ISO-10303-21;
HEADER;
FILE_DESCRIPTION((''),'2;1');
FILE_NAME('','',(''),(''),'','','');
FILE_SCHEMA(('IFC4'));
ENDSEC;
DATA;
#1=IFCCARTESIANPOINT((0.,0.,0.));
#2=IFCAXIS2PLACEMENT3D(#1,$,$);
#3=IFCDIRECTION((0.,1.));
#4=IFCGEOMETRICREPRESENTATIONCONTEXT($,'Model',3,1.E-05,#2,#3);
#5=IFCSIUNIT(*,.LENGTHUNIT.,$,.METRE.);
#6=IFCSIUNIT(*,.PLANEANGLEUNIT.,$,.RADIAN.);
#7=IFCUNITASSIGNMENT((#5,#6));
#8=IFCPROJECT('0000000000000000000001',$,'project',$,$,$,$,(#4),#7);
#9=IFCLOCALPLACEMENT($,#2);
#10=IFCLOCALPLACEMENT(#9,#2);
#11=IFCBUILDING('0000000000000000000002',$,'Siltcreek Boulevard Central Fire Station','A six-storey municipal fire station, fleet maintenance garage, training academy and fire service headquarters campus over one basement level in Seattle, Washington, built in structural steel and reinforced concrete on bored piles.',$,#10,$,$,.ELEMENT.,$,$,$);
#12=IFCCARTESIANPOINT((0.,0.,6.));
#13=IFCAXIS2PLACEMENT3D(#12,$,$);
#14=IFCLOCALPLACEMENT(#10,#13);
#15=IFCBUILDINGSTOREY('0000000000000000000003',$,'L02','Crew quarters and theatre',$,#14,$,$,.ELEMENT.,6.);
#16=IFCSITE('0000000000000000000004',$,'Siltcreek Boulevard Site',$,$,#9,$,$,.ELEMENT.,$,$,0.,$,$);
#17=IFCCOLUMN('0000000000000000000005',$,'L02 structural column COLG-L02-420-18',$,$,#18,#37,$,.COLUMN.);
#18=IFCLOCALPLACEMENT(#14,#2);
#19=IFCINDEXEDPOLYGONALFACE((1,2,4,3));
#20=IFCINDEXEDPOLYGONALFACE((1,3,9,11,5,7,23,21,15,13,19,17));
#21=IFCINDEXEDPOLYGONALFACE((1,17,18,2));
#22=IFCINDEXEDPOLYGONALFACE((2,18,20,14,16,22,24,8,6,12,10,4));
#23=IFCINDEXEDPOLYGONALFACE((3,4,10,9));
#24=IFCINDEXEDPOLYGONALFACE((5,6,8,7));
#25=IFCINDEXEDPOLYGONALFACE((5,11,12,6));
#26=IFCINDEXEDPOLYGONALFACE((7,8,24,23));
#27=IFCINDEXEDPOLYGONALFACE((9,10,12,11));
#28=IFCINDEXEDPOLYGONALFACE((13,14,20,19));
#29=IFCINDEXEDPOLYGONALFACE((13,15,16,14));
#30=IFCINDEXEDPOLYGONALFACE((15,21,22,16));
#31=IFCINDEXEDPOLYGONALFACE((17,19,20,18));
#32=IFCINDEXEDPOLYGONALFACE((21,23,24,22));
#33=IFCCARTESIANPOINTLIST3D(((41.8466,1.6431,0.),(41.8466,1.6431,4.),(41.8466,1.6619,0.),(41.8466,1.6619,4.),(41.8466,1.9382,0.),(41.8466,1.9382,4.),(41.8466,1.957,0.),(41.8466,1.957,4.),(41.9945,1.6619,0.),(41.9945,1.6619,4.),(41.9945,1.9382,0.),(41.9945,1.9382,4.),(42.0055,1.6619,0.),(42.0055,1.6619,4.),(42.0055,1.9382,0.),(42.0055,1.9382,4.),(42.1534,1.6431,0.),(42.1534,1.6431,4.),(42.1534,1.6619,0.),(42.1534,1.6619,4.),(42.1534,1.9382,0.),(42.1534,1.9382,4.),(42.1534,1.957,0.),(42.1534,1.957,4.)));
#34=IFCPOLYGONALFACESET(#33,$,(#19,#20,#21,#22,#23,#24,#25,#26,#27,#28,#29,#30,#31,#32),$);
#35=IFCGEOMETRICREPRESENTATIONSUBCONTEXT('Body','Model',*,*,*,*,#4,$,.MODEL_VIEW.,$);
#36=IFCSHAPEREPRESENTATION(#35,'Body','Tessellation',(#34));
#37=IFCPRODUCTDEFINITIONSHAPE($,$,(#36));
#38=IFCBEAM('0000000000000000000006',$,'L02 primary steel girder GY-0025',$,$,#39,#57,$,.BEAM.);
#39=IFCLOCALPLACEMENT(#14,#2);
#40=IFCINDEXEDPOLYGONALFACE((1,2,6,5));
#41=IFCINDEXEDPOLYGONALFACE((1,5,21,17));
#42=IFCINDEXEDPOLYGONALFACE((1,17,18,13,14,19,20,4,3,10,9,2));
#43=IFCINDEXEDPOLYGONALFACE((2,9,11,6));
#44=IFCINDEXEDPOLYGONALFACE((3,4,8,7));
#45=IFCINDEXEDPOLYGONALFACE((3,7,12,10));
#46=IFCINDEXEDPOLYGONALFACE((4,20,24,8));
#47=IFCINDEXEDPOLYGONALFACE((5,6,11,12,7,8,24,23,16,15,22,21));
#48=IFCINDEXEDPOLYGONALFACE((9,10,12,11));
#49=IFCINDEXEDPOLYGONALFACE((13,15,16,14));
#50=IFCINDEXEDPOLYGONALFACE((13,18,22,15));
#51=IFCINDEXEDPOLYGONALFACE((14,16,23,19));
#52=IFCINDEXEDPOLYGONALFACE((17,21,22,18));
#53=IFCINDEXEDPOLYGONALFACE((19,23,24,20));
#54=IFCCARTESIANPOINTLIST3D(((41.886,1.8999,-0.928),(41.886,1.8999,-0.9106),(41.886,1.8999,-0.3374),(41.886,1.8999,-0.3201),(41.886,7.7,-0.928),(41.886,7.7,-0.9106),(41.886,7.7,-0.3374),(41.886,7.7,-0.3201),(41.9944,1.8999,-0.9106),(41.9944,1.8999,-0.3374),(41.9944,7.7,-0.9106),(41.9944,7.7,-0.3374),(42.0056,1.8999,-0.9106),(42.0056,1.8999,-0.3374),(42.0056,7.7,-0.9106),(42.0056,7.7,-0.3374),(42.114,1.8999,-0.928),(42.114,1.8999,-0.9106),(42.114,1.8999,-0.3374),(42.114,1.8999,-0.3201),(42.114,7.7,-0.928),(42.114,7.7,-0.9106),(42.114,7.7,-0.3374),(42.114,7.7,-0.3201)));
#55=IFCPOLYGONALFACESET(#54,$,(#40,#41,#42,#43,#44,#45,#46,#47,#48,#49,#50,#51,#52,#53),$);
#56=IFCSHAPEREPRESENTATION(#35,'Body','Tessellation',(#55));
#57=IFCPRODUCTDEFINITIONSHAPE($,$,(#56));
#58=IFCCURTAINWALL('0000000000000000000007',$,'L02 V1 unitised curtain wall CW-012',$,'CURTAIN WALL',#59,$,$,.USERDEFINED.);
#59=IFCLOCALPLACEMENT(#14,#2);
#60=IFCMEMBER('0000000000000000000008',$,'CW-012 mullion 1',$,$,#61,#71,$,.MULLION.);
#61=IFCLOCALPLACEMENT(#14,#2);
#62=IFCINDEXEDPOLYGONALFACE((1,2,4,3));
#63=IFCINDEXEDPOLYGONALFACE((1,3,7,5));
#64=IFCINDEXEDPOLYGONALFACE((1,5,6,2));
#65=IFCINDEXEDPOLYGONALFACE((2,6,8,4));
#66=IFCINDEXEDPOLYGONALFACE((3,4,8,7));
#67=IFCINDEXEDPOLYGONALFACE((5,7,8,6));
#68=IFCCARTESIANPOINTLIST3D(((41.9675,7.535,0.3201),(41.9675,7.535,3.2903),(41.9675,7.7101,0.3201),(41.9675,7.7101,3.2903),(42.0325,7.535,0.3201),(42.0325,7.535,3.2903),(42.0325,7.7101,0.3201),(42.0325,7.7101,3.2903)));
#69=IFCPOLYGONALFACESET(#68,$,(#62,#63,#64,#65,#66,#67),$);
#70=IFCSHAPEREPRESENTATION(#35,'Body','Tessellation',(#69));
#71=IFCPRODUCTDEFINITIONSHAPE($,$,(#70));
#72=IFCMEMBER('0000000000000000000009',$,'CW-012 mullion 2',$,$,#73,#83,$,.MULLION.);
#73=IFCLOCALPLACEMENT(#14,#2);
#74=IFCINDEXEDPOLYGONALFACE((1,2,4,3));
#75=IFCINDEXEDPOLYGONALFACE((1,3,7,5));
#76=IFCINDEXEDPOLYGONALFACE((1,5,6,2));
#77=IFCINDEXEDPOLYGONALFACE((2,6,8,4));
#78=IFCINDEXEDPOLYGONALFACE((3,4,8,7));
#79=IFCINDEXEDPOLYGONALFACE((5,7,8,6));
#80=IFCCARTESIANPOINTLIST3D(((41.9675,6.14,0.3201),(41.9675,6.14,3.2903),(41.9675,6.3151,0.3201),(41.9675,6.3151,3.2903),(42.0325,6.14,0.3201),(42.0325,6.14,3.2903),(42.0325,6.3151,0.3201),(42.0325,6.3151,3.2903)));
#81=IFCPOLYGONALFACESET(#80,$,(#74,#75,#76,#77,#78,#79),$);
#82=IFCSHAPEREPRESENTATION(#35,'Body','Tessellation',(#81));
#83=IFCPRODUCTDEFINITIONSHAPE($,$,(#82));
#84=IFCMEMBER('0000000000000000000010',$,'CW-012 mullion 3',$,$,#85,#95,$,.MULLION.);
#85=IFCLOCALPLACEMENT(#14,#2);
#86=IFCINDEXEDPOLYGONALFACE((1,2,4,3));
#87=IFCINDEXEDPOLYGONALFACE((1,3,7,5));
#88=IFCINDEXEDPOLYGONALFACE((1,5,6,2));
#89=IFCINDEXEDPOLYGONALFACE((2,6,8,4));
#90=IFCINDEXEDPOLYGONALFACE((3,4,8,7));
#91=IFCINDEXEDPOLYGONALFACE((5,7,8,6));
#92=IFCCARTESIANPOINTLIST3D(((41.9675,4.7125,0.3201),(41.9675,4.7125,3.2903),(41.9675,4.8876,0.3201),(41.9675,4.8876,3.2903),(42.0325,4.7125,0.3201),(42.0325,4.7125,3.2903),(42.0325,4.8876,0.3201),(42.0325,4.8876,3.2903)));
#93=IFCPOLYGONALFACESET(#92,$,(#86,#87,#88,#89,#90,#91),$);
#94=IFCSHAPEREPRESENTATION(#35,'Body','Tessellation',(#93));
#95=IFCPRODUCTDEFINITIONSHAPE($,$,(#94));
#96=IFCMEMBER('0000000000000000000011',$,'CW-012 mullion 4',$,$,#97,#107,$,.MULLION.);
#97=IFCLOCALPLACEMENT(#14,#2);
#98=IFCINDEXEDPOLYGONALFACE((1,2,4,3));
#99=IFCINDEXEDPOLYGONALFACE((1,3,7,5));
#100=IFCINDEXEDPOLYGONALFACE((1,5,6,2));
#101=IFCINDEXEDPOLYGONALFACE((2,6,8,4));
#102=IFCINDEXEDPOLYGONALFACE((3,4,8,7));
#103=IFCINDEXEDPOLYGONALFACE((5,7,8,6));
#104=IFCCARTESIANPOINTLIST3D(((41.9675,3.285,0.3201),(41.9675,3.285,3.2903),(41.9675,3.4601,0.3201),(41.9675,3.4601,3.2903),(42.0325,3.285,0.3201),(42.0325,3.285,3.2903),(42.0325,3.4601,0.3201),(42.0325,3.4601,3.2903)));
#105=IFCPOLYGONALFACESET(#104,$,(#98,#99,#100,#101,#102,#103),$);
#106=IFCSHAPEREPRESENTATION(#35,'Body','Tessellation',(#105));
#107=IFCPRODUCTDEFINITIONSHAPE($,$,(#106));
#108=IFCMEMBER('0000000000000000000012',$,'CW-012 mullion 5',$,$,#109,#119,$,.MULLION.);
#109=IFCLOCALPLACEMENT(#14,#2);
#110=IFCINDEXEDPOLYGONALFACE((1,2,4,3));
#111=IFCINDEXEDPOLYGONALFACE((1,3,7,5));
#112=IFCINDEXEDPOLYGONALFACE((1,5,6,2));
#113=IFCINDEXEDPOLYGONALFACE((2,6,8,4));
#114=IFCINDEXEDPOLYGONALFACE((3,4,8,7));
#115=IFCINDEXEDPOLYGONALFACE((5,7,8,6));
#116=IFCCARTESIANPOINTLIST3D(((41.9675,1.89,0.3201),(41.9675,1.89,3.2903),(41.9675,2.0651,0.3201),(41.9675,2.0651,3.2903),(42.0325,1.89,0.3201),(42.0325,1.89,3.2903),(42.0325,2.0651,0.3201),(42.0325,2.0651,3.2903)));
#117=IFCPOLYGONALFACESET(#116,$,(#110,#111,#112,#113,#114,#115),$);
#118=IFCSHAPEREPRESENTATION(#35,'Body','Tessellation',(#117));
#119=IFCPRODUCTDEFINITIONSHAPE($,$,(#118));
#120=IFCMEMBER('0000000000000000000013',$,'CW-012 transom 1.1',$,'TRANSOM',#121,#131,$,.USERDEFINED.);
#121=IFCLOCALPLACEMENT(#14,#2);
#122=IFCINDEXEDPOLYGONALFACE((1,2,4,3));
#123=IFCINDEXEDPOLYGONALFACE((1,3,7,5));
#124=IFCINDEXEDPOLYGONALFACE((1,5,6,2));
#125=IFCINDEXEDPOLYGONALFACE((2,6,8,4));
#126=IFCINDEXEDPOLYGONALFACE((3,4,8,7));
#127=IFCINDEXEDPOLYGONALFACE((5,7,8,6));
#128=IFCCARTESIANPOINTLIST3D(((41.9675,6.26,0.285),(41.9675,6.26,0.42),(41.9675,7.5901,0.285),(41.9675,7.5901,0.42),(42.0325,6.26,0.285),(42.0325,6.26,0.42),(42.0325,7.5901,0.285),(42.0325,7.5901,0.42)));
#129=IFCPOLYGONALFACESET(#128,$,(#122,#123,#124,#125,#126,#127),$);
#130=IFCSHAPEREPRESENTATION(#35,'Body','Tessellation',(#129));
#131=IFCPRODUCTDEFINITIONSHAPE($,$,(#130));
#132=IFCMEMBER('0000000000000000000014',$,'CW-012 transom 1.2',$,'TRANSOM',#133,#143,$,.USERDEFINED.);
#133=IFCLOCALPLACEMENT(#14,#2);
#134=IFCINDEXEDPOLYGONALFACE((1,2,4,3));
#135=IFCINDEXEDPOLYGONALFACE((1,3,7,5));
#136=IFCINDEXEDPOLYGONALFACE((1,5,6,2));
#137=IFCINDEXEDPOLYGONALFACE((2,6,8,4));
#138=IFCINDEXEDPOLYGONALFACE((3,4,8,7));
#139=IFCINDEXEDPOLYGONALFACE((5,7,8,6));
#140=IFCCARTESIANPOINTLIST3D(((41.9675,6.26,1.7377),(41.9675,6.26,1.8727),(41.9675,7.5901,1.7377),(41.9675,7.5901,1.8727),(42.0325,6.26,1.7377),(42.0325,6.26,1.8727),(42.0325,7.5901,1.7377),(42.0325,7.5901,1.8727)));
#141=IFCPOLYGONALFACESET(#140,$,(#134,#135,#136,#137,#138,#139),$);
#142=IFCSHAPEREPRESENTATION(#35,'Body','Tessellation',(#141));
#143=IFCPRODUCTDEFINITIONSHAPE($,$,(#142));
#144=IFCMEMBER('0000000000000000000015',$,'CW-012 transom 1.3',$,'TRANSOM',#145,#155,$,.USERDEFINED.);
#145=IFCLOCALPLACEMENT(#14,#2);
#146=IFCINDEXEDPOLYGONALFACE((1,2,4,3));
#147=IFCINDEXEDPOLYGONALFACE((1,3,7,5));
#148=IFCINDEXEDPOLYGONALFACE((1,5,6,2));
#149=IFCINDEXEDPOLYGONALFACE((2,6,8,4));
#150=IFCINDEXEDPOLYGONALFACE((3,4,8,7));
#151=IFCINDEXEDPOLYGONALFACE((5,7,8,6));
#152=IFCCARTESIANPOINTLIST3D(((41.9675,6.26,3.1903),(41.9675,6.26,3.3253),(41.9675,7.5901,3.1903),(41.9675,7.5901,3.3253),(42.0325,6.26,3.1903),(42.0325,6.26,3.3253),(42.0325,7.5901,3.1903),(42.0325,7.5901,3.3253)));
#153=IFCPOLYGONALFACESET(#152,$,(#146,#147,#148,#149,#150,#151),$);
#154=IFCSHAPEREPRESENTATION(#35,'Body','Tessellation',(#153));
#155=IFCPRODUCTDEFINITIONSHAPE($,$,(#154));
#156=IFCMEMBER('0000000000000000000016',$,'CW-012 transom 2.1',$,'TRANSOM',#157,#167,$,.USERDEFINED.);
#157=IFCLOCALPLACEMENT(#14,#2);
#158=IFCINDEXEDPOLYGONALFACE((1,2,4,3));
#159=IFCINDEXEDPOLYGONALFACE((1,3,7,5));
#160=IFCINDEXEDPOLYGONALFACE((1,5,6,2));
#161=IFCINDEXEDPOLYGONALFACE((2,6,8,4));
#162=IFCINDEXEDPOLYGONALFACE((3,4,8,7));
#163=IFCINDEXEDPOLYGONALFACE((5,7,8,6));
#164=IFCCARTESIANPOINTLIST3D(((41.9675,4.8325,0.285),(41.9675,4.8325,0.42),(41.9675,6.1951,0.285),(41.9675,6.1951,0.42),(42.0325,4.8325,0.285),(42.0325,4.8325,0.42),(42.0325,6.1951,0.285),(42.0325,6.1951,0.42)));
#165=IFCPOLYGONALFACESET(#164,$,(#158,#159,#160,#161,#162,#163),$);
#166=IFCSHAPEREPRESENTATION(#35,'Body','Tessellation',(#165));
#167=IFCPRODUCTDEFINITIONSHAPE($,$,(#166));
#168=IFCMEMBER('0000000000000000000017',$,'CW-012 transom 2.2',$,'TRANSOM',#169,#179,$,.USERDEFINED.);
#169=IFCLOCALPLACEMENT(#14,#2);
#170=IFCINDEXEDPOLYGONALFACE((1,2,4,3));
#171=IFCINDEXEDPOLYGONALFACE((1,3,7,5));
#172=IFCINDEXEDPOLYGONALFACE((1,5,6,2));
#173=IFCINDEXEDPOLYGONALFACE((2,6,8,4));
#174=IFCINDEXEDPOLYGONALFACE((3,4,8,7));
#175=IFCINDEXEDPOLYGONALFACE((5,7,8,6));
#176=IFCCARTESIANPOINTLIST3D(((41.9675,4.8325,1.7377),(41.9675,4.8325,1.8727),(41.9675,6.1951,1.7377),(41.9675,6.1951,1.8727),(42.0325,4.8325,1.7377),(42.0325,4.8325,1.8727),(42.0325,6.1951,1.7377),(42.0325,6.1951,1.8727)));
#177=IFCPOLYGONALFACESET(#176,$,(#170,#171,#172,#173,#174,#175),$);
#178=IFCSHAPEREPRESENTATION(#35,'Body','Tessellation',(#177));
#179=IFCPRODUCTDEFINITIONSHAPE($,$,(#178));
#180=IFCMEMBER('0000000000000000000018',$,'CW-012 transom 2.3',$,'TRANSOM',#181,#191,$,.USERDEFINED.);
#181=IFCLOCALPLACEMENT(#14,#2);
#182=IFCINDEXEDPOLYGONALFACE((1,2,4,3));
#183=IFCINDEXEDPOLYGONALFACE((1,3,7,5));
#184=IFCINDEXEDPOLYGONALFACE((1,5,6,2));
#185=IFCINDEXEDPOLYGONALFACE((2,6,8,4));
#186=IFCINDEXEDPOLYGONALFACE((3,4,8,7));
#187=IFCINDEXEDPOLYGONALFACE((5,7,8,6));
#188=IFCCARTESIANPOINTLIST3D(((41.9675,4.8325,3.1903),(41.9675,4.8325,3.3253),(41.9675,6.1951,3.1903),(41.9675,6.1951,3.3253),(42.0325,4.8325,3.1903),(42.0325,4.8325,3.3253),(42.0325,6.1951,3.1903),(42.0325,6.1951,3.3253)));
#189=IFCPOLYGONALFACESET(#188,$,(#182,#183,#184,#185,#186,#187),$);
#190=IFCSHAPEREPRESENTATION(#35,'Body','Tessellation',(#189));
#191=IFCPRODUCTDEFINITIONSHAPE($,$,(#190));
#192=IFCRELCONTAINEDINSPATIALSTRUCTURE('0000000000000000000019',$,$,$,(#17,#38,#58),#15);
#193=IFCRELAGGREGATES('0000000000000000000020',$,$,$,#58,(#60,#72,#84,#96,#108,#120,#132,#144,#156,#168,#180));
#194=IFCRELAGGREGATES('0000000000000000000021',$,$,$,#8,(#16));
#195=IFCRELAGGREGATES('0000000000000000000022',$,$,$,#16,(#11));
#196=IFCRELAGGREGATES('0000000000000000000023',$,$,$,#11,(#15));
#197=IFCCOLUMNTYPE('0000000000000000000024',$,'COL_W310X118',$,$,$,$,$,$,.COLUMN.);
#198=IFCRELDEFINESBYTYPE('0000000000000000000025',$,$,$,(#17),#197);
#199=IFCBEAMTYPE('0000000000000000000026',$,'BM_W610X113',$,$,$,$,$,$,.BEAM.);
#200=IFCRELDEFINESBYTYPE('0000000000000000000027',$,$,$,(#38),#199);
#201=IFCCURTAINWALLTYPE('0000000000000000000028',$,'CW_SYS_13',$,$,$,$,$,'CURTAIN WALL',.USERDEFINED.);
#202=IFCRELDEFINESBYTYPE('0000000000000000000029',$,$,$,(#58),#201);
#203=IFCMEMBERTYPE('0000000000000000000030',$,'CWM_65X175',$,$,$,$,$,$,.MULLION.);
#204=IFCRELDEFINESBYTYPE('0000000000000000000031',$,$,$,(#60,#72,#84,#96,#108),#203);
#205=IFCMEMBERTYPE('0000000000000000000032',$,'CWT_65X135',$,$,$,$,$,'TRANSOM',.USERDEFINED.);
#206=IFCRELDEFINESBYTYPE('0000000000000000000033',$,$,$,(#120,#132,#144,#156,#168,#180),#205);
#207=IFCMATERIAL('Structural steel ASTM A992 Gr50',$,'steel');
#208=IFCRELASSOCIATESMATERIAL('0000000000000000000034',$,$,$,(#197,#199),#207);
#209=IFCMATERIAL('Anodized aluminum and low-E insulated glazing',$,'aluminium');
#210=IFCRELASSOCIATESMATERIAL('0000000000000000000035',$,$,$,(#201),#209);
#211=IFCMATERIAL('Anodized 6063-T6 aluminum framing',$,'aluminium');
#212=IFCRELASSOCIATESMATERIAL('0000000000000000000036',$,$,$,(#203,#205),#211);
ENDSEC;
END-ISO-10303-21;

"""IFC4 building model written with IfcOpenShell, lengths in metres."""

from ifc_helpers import new_model, si_unit, direction, frame, origin, origin_2d, place, context, subcontext, project, spatial, rectangle, i_section, extrude, material, material_profile, profile_set, type_object, element, aggregate, save


model = new_model("IFC4")

# Units and contexts
model_context = context("Model", 3, precision=1e-05, world=origin(), true_north=direction((0.0, 1.0)))
body_context = subcontext(model_context, "Body", "Model", "MODEL_VIEW")
ifc_project = project(units=[si_unit("LENGTHUNIT", "METRE"), si_unit("PLANEANGLEUNIT", "RADIAN")], contexts=[model_context])

# Site, building, storey
site_placement = place(None, origin())
site = spatial("IfcSite", under=ifc_project, at=site_placement, Name="Siltcreek Boulevard Site", CompositionType="ELEMENT", RefElevation=0.0)
building_placement = place(site_placement, origin())
building = spatial("IfcBuilding", under=site, at=building_placement, Name="Siltcreek Boulevard Central Fire Station", Description="A six-storey municipal fire station, fleet maintenance garage, training academy and fire service headquarters campus over one basement level in Seattle, Washington, built in structural steel and reinforced concrete on bored piles.", CompositionType="ELEMENT")
storey_placement = place(building_placement, frame((0.0, 0.0, 6.0)))
storey = spatial("IfcBuildingStorey", under=building, at=storey_placement, Name="L02", Description="Crew quarters and theatre", CompositionType="ELEMENT", Elevation=6.0)

# Column
ifc_material_1 = material(Name="Structural steel ASTM A992 Gr50", Category="steel")
ifc_material_profile_1 = material_profile(ifc_material_1, i_section(OverallWidth=0.3069, OverallDepth=0.314, WebThickness=0.011, FlangeThickness=0.0188, at=origin_2d()), Name="W310X118")
ifc_profile_set_1 = profile_set([ifc_material_profile_1], Name="Structural steel ASTM A992 Gr50")
column_type = type_object("IfcColumnType", Name="COL_W310X118", PredefinedType="COLUMN", material=ifc_profile_set_1)
column_placement = place(storey_placement, frame((42.0, 1.8, 0.0), z_axis=(0.0, 0.0, 1.0), x_axis=(1.0, 0.0, 0.0)))
element("IfcColumn", 1, at=column_placement, inside=storey, type_object=column_type, Name="L02 structural column COLG-L02-420-18", PredefinedType="COLUMN", context=body_context, shape_type="SweptSolid", body=[
    extrude(i_section(OverallWidth=0.3069, OverallDepth=0.314, WebThickness=0.011, FlangeThickness=0.0188, at=origin_2d()), origin(), (0.0, 0.0, 1.0), 4.0),
])

# Beam
ifc_material_profile_2 = material_profile(ifc_material_1, i_section(OverallWidth=0.228, OverallDepth=0.6079, WebThickness=0.0112, FlangeThickness=0.0173, at=origin_2d()), Name="W610X113")
ifc_profile_set_2 = profile_set([ifc_material_profile_2], Name="Structural steel ASTM A992 Gr50")
beam_type = type_object("IfcBeamType", Name="BM_W610X113", PredefinedType="BEAM", material=ifc_profile_set_2)
beam_placement = place(storey_placement, frame((42.0, 1.8999, -0.624), z_axis=(0.0, 1.0, 0.0), x_axis=(-1.0, 0.0, 0.0)))
element("IfcBeam", 2, at=beam_placement, inside=storey, type_object=beam_type, Name="L02 primary steel girder GY-0025", PredefinedType="BEAM", context=body_context, shape_type="SweptSolid", body=[
    extrude(i_section(OverallWidth=0.228, OverallDepth=0.6079, WebThickness=0.0112, FlangeThickness=0.0173, at=origin_2d()), origin(), (0.0, 0.0, 1.0), 5.8),
])

# Curtain wall, members
ifc_material_2 = material(Name="Anodized aluminum and low-E insulated glazing", Category="aluminium")
curtain_wall_type = type_object("IfcCurtainWallType", Name="CW_SYS_13", ElementType="CURTAIN WALL", PredefinedType="USERDEFINED", material=ifc_material_2)
curtain_wall_placement = place(storey_placement, origin())
curtain_wall = element("IfcCurtainWall", 3, at=curtain_wall_placement, inside=storey, type_object=curtain_wall_type, Name="L02 V1 unitised curtain wall CW-012", ObjectType="CURTAIN WALL", PredefinedType="USERDEFINED")
ifc_material_3 = material(Name="Anodized 6063-T6 aluminum framing", Category="aluminium")
ifc_material_profile_3 = material_profile(ifc_material_3, rectangle(XDim=0.0649, YDim=0.175, at=origin_2d()), Name="MULL65X175")
ifc_profile_set_3 = profile_set([ifc_material_profile_3], Name="Anodized 6063-T6 aluminum framing")
member_type_1 = type_object("IfcMemberType", Name="CWM_65X175", PredefinedType="MULLION", material=ifc_profile_set_3)
member_1_placement = place(storey_placement, frame((42.0, 7.6226, 0.3201), z_axis=(0.0, 0.0, 1.0), x_axis=(1.0, 0.0, 0.0)))
member_1 = element("IfcMember", 4, at=member_1_placement, type_object=member_type_1, Name="CW-012 mullion 1", PredefinedType="MULLION", context=body_context, shape_type="SweptSolid", body=[
    extrude(rectangle(XDim=0.0649, YDim=0.175, at=origin_2d()), origin(), (0.0, 0.0, 1.0), 2.9702),
])
member_2_placement = place(storey_placement, frame((42.0, 6.2275, 0.3201), z_axis=(0.0, 0.0, 1.0), x_axis=(1.0, 0.0, 0.0)))
member_2 = element("IfcMember", 5, at=member_2_placement, type_object=member_type_1, Name="CW-012 mullion 2", PredefinedType="MULLION", context=body_context, shape_type="SweptSolid", body=[
    extrude(rectangle(XDim=0.0649, YDim=0.175, at=origin_2d()), origin(), (0.0, 0.0, 1.0), 2.9702),
])
member_3_placement = place(storey_placement, frame((42.0, 4.8, 0.3201), z_axis=(0.0, 0.0, 1.0), x_axis=(1.0, 0.0, 0.0)))
member_3 = element("IfcMember", 6, at=member_3_placement, type_object=member_type_1, Name="CW-012 mullion 3", PredefinedType="MULLION", context=body_context, shape_type="SweptSolid", body=[
    extrude(rectangle(XDim=0.0649, YDim=0.175, at=origin_2d()), origin(), (0.0, 0.0, 1.0), 2.9702),
])
member_4_placement = place(storey_placement, frame((42.0, 3.3726, 0.3201), z_axis=(0.0, 0.0, 1.0), x_axis=(1.0, 0.0, 0.0)))
member_4 = element("IfcMember", 7, at=member_4_placement, type_object=member_type_1, Name="CW-012 mullion 4", PredefinedType="MULLION", context=body_context, shape_type="SweptSolid", body=[
    extrude(rectangle(XDim=0.0649, YDim=0.175, at=origin_2d()), origin(), (0.0, 0.0, 1.0), 2.9702),
])
member_5_placement = place(storey_placement, frame((42.0, 1.9775, 0.3201), z_axis=(0.0, 0.0, 1.0), x_axis=(1.0, 0.0, 0.0)))
member_5 = element("IfcMember", 8, at=member_5_placement, type_object=member_type_1, Name="CW-012 mullion 5", PredefinedType="MULLION", context=body_context, shape_type="SweptSolid", body=[
    extrude(rectangle(XDim=0.0649, YDim=0.175, at=origin_2d()), origin(), (0.0, 0.0, 1.0), 2.9702),
])
ifc_material_profile_4 = material_profile(ifc_material_3, rectangle(XDim=0.0649, YDim=0.135, at=origin_2d()), Name="TRAN65X135")
ifc_profile_set_4 = profile_set([ifc_material_profile_4], Name="Anodized 6063-T6 aluminum framing")
member_type_2 = type_object("IfcMemberType", Name="CWT_65X135", ElementType="TRANSOM", PredefinedType="USERDEFINED", material=ifc_profile_set_4)
member_6_placement = place(storey_placement, frame((42.0, 7.5901, 0.3525), z_axis=(0.0, -1.0, 0.0), x_axis=(1.0, 0.0, 0.0)))
member_6 = element("IfcMember", 9, at=member_6_placement, type_object=member_type_2, Name="CW-012 transom 1.1", ObjectType="TRANSOM", PredefinedType="USERDEFINED", context=body_context, shape_type="SweptSolid", body=[
    extrude(rectangle(XDim=0.0649, YDim=0.135, at=origin_2d()), origin(), (0.0, 0.0, 1.0), 1.3301),
])
member_7_placement = place(storey_placement, frame((42.0, 7.5901, 1.8052), z_axis=(0.0, -1.0, 0.0), x_axis=(1.0, 0.0, 0.0)))
member_7 = element("IfcMember", 10, at=member_7_placement, type_object=member_type_2, Name="CW-012 transom 1.2", ObjectType="TRANSOM", PredefinedType="USERDEFINED", context=body_context, shape_type="SweptSolid", body=[
    extrude(rectangle(XDim=0.0649, YDim=0.135, at=origin_2d()), origin(), (0.0, 0.0, 1.0), 1.3301),
])
member_8_placement = place(storey_placement, frame((42.0, 7.5901, 3.2578), z_axis=(0.0, -1.0, 0.0), x_axis=(1.0, 0.0, 0.0)))
member_8 = element("IfcMember", 11, at=member_8_placement, type_object=member_type_2, Name="CW-012 transom 1.3", ObjectType="TRANSOM", PredefinedType="USERDEFINED", context=body_context, shape_type="SweptSolid", body=[
    extrude(rectangle(XDim=0.0649, YDim=0.135, at=origin_2d()), origin(), (0.0, 0.0, 1.0), 1.3301),
])
member_9_placement = place(storey_placement, frame((42.0, 6.1951, 0.3525), z_axis=(0.0, -1.0, 0.0), x_axis=(1.0, 0.0, 0.0)))
member_9 = element("IfcMember", 12, at=member_9_placement, type_object=member_type_2, Name="CW-012 transom 2.1", ObjectType="TRANSOM", PredefinedType="USERDEFINED", context=body_context, shape_type="SweptSolid", body=[
    extrude(rectangle(XDim=0.0649, YDim=0.135, at=origin_2d()), origin(), (0.0, 0.0, 1.0), 1.3625),
])
member_10_placement = place(storey_placement, frame((42.0, 6.1951, 1.8052), z_axis=(0.0, -1.0, 0.0), x_axis=(1.0, 0.0, 0.0)))
member_10 = element("IfcMember", 13, at=member_10_placement, type_object=member_type_2, Name="CW-012 transom 2.2", ObjectType="TRANSOM", PredefinedType="USERDEFINED", context=body_context, shape_type="SweptSolid", body=[
    extrude(rectangle(XDim=0.0649, YDim=0.135, at=origin_2d()), origin(), (0.0, 0.0, 1.0), 1.3625),
])
member_11_placement = place(storey_placement, frame((42.0, 6.1951, 3.2578), z_axis=(0.0, -1.0, 0.0), x_axis=(1.0, 0.0, 0.0)))
member_11 = element("IfcMember", 14, at=member_11_placement, type_object=member_type_2, Name="CW-012 transom 2.3", ObjectType="TRANSOM", PredefinedType="USERDEFINED", context=body_context, shape_type="SweptSolid", body=[
    extrude(rectangle(XDim=0.0649, YDim=0.135, at=origin_2d()), origin(), (0.0, 0.0, 1.0), 1.3625),
])
aggregate(curtain_wall, [member_1, member_2, member_3, member_4, member_5, member_6, member_7, member_8, member_9, member_10, member_11])

save(model, "model.ifc")
